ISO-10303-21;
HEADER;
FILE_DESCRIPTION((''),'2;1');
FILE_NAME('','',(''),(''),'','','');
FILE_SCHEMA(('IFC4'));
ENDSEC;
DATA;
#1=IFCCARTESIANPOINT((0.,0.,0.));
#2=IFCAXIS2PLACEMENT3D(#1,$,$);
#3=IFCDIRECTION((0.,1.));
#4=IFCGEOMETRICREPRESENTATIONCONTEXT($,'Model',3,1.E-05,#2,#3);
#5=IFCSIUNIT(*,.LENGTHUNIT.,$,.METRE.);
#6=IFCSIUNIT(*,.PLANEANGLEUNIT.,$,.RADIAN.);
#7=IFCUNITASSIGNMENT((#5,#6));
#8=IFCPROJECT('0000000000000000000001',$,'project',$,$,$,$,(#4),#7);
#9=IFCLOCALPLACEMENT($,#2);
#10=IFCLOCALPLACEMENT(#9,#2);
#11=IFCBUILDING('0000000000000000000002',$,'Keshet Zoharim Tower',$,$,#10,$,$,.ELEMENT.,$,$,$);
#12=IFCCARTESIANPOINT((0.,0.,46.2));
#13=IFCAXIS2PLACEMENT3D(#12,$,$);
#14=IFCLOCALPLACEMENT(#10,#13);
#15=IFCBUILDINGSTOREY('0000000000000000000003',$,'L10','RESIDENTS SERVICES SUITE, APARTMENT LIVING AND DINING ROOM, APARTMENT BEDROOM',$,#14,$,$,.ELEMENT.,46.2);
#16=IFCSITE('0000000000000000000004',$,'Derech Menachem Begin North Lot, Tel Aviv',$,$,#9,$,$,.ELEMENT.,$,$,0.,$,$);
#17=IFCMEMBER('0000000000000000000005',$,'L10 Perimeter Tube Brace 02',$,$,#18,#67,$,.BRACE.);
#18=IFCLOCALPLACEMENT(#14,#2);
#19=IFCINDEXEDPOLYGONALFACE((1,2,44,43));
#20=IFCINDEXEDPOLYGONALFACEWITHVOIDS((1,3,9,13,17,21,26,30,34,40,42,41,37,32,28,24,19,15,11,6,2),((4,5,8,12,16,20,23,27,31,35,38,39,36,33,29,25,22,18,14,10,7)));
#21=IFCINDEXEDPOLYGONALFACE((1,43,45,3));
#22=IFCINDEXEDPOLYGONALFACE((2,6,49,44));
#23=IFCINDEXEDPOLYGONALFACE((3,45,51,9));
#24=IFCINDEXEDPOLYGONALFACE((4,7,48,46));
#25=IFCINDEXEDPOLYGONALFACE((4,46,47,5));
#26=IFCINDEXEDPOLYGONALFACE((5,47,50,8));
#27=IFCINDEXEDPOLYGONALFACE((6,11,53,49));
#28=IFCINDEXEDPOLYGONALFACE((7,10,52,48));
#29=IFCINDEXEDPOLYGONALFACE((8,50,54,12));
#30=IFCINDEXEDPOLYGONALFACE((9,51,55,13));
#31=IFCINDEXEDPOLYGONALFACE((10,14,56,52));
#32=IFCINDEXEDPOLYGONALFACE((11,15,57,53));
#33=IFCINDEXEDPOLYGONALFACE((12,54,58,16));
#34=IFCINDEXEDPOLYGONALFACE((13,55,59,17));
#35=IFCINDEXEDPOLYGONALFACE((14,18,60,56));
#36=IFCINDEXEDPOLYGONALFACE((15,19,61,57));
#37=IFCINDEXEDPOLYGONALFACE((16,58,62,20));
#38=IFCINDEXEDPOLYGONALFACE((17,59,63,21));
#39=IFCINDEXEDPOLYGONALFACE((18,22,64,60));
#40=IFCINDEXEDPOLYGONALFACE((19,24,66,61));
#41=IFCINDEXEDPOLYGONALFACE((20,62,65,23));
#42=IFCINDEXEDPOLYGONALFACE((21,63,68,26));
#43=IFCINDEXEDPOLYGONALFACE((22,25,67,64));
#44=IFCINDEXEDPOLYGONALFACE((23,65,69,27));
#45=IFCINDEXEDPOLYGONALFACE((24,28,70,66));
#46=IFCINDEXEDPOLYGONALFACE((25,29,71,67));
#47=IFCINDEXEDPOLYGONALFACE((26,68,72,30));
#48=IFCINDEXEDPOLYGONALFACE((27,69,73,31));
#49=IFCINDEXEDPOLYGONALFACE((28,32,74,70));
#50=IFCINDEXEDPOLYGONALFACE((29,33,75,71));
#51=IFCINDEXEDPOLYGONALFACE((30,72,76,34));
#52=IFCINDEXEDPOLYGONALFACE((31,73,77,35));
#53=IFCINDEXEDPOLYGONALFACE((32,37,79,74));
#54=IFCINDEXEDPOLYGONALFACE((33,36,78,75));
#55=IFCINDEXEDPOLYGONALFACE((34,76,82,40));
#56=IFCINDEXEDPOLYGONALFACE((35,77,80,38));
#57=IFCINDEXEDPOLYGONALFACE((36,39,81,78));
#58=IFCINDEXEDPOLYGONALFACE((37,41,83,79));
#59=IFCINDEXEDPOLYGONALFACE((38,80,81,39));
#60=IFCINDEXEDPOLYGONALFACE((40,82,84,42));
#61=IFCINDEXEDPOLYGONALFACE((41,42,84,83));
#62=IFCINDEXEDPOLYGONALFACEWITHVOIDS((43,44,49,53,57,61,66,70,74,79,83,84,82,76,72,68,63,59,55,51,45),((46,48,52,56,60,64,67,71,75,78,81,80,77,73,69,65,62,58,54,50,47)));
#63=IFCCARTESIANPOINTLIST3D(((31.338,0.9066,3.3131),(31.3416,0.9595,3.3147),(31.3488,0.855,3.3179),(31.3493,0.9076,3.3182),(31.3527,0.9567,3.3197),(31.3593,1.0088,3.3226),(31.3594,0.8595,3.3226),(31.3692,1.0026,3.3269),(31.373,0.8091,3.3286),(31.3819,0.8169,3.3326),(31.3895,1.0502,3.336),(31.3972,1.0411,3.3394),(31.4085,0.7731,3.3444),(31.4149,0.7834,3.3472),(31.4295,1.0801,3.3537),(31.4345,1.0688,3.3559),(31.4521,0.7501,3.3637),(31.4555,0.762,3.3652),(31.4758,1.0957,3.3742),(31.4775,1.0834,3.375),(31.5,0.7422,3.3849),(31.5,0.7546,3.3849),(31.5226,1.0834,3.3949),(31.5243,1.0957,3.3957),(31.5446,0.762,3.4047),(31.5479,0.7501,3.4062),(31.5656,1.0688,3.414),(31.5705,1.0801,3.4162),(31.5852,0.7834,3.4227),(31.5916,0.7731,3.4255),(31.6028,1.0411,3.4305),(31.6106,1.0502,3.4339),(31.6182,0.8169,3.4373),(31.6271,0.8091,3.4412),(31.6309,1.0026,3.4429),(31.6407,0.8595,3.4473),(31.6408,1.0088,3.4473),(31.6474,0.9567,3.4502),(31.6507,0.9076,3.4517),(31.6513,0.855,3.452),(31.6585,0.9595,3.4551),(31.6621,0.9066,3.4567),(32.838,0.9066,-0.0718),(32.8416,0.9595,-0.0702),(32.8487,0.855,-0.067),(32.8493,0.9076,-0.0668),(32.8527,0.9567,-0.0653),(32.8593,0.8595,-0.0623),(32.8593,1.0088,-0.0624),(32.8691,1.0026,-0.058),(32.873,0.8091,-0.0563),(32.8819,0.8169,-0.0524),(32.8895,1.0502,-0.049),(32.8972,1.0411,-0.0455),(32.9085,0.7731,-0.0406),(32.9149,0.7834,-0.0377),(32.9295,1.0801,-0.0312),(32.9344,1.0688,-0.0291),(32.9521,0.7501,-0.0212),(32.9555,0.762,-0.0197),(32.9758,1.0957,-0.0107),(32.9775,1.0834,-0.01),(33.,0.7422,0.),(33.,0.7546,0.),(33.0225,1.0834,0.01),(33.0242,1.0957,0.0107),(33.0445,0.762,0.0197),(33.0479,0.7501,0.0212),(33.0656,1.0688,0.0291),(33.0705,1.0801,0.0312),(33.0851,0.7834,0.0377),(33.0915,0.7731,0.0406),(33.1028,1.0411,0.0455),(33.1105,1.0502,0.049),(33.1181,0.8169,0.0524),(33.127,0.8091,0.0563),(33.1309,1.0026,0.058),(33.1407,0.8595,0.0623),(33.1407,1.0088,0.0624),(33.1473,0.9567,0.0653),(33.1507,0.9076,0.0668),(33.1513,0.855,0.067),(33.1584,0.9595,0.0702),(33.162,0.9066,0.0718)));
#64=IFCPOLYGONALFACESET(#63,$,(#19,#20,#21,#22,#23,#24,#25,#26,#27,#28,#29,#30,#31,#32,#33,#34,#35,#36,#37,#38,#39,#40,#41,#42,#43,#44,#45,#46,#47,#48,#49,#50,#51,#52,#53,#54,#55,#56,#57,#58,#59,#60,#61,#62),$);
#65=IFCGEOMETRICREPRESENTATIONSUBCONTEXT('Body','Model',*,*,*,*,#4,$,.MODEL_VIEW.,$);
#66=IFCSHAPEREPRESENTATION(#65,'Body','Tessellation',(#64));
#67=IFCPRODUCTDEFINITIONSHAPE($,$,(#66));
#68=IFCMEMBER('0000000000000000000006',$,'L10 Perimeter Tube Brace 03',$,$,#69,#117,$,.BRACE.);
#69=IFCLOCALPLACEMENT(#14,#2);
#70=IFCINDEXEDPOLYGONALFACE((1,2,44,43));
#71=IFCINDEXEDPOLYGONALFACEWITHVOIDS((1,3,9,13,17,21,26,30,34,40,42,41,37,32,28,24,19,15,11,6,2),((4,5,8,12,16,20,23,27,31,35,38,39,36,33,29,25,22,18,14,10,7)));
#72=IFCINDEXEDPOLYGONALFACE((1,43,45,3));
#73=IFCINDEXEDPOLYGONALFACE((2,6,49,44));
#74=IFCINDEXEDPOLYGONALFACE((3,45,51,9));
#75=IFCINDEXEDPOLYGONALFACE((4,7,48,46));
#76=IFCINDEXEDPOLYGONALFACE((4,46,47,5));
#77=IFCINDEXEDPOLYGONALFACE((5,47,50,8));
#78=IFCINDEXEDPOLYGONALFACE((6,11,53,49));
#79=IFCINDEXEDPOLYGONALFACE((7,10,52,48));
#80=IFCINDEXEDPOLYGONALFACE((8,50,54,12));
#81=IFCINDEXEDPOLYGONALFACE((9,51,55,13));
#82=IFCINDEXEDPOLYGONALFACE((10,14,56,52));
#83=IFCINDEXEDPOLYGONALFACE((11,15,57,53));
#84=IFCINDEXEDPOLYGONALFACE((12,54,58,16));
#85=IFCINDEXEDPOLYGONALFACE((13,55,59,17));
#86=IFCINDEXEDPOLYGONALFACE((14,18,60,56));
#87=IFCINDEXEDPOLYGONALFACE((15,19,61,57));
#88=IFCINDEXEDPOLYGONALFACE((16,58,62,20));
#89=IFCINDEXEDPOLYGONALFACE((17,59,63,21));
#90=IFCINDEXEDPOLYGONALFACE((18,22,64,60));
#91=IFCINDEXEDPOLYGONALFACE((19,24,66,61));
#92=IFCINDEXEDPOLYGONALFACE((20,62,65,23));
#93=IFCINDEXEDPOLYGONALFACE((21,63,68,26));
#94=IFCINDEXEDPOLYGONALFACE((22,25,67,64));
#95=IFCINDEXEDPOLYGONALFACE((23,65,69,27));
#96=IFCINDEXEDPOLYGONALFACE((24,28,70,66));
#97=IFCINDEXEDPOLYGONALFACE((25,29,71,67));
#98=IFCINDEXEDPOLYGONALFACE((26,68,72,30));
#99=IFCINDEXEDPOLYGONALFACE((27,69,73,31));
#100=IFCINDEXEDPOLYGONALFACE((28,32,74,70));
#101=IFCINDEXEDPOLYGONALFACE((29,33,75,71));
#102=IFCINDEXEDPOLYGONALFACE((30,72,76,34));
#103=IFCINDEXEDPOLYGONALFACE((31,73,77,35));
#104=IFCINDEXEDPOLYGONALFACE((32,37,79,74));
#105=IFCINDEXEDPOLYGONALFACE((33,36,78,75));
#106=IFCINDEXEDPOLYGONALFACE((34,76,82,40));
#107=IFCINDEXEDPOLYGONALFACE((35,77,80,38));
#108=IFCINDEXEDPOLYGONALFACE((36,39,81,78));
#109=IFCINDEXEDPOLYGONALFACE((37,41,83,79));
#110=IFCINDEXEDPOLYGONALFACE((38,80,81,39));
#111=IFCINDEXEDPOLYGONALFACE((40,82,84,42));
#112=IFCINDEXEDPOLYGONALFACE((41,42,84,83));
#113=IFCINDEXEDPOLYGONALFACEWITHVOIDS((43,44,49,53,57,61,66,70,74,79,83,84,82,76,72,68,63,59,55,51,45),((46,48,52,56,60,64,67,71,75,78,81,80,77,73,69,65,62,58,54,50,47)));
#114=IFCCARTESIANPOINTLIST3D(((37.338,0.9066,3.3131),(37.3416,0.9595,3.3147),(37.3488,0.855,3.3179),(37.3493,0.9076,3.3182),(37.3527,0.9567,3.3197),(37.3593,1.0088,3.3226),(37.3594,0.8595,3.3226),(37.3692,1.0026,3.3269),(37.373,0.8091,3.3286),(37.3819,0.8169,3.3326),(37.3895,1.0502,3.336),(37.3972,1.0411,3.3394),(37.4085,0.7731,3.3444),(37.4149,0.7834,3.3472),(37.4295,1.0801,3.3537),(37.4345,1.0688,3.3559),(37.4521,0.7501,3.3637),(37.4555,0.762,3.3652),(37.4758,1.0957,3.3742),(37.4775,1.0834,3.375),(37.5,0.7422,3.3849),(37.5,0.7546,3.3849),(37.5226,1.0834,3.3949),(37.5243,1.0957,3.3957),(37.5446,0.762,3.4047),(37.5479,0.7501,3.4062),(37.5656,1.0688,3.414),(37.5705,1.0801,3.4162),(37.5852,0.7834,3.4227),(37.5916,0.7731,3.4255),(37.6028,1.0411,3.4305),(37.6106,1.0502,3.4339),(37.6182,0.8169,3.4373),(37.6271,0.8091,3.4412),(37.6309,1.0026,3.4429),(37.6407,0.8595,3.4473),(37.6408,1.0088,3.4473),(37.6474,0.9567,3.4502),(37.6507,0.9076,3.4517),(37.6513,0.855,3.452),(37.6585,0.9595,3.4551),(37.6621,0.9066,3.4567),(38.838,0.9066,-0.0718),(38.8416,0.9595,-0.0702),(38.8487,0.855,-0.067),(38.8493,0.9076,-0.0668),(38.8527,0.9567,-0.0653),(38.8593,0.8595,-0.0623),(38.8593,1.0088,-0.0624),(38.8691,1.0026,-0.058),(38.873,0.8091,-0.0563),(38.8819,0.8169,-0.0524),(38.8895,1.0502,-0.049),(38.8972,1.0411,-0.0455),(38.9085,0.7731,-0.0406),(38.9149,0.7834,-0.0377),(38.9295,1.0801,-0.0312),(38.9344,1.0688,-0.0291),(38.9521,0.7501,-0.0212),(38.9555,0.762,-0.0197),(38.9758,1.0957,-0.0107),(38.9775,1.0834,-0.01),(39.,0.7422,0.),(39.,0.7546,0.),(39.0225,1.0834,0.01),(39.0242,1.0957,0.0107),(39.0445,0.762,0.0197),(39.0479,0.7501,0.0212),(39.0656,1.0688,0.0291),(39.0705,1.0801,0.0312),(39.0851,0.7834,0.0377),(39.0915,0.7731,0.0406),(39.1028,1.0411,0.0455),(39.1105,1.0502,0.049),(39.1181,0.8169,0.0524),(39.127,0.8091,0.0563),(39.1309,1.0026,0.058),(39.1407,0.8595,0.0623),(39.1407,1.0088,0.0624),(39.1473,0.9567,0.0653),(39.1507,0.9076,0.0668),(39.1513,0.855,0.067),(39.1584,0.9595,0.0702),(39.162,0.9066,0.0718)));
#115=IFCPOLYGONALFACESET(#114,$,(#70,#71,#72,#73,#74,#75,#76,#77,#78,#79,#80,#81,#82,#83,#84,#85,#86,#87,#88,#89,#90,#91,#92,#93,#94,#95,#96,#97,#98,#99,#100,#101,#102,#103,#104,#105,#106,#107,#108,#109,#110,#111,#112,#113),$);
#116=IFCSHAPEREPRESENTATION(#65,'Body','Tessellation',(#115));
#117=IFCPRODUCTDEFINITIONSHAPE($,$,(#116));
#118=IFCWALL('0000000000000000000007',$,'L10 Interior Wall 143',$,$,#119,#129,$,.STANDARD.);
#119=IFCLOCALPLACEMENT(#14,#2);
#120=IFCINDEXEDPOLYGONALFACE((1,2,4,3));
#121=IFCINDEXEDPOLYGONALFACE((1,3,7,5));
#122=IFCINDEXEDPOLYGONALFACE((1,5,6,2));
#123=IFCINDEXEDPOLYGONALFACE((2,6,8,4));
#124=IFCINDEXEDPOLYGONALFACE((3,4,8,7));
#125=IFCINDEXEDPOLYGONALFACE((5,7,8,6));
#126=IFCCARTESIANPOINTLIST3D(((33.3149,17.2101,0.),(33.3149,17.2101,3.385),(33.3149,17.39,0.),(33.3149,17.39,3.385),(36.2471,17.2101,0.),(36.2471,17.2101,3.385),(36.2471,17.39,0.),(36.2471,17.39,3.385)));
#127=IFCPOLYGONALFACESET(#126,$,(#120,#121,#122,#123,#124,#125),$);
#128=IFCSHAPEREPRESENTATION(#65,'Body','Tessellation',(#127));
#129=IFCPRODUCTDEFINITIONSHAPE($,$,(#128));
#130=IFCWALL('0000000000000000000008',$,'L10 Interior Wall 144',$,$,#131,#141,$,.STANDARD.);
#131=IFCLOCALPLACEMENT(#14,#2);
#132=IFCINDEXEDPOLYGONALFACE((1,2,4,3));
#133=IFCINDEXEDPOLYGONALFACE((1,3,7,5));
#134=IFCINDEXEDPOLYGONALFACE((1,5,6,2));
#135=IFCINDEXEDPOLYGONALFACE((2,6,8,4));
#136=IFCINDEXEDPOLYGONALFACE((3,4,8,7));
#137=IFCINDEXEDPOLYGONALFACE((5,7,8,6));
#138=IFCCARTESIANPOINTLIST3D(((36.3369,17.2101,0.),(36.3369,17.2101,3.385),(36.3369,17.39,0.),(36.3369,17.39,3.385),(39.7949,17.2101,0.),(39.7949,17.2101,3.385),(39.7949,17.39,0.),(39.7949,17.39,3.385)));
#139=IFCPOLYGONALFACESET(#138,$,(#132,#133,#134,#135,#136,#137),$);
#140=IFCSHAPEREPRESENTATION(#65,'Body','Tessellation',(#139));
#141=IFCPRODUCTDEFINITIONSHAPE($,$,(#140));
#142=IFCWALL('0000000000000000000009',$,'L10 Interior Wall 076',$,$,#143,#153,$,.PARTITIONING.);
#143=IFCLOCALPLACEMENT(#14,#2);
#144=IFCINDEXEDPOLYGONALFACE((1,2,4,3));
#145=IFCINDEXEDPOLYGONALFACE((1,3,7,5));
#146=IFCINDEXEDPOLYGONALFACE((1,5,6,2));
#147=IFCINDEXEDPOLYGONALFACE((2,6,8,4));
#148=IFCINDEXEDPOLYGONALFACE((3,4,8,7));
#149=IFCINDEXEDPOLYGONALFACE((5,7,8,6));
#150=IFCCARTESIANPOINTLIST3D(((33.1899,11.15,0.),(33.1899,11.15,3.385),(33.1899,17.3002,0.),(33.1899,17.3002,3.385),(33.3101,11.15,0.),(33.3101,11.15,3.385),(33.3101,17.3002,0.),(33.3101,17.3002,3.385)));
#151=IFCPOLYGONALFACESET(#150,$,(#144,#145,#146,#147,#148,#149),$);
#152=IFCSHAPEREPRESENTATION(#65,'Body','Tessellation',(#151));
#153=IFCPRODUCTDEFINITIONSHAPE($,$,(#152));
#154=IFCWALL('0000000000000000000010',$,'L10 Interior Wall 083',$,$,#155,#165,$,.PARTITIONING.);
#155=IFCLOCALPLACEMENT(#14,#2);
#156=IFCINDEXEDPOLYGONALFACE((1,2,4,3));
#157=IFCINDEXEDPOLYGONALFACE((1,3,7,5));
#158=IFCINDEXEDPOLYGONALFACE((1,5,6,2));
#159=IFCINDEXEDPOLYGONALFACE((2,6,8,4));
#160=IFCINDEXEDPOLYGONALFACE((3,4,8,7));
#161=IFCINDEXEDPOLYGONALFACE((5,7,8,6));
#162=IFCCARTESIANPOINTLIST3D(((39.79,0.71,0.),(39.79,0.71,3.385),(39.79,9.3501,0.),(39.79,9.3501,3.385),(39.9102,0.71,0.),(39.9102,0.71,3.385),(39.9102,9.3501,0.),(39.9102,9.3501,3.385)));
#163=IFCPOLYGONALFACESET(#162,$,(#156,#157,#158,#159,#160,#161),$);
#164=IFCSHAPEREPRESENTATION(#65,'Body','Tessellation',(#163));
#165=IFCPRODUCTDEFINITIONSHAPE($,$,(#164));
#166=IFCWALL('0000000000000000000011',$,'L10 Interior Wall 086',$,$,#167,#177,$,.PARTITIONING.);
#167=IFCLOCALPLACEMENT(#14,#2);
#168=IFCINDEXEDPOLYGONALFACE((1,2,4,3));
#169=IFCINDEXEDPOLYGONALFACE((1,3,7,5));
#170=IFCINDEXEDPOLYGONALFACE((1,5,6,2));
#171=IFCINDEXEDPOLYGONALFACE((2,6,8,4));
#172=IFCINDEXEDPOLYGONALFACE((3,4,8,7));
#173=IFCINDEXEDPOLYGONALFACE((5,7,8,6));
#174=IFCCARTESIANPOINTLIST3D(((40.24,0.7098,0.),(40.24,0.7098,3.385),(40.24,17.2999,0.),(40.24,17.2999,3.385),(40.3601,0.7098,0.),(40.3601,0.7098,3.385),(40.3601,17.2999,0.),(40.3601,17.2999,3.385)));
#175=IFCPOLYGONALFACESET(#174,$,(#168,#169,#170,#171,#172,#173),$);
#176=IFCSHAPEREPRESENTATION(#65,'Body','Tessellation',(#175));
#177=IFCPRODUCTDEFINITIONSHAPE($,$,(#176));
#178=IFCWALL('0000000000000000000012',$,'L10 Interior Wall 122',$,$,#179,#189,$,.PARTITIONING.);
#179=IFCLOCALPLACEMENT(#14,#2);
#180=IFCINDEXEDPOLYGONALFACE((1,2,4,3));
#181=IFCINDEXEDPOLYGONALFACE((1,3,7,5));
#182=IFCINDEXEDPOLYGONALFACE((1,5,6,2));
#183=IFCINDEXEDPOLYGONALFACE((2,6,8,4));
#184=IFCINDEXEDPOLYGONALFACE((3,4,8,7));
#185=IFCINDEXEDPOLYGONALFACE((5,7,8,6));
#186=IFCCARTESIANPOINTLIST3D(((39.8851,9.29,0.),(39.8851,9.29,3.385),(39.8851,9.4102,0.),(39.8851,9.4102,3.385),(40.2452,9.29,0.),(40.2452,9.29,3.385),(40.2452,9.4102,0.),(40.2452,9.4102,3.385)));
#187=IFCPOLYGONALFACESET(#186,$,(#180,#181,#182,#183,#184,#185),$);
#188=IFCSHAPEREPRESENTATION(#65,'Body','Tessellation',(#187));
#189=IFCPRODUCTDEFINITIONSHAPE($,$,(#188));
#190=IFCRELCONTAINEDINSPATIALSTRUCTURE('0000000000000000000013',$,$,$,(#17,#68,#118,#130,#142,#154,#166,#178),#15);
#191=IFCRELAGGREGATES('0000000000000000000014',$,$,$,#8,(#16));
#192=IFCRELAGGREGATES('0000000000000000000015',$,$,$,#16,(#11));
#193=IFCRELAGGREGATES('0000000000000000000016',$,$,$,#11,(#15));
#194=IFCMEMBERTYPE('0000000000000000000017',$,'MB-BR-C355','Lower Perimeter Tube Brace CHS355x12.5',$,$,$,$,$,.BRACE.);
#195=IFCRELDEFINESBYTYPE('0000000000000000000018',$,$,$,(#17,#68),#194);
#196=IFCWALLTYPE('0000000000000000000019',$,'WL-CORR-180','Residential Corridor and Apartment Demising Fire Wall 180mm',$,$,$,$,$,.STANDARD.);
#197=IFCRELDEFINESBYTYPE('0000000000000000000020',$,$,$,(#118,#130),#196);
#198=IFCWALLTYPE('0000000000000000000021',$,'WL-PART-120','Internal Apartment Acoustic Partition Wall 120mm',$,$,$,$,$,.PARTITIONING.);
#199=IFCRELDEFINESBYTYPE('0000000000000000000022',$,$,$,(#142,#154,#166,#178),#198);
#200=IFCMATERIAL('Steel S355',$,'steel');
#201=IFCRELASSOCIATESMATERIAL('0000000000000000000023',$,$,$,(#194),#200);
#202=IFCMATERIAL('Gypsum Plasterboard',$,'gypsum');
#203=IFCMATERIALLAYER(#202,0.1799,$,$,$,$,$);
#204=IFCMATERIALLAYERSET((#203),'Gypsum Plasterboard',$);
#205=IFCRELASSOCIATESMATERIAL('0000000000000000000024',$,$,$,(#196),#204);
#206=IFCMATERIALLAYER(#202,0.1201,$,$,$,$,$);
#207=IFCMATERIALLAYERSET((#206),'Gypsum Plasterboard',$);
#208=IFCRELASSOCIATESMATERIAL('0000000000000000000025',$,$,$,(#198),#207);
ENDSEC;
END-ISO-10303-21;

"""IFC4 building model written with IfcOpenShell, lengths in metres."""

from ifc_helpers import new_model, si_unit, direction, frame, frame_2d, origin, origin_2d, place, context, subcontext, project, spatial, rectangle, hollow_circle, extrude, material, layer, layer_set, material_profile, profile_set, type_object, element, save


model = new_model("IFC4")

# Units and contexts
model_context = context("Model", 3, precision=1e-05, world=origin(), true_north=direction((0.0, 1.0)))
body_context = subcontext(model_context, "Body", "Model", "MODEL_VIEW")
ifc_project = project(units=[si_unit("LENGTHUNIT", "METRE"), si_unit("PLANEANGLEUNIT", "RADIAN")], contexts=[model_context])

# Site, building, storey
site_placement = place(None, origin())
site = spatial("IfcSite", under=ifc_project, at=site_placement, Name="Derech Menachem Begin North Lot, Tel Aviv", CompositionType="ELEMENT", RefElevation=0.0)
building_placement = place(site_placement, origin())
building = spatial("IfcBuilding", under=site, at=building_placement, Name="Keshet Zoharim Tower", CompositionType="ELEMENT")
storey_placement = place(building_placement, frame((0.0, 0.0, 46.2)))
storey = spatial("IfcBuildingStorey", under=building, at=storey_placement, Name="L10", Description="RESIDENTS SERVICES SUITE, APARTMENT LIVING AND DINING ROOM, APARTMENT BEDROOM", CompositionType="ELEMENT", Elevation=46.2)

# Shared definitions
ifc_material_1 = material(Name="Steel S355", Category="steel")

# Members
ifc_material_profile_1 = material_profile(ifc_material_1, hollow_circle(Radius=0.1777, WallThickness=0.0125, at=origin_2d()), Name="CHS355x12.5")
ifc_profile_set_1 = profile_set([ifc_material_profile_1], Name="Steel S355")
member_type = type_object("IfcMemberType", Name="MB-BR-C355", Description="Lower Perimeter Tube Brace CHS355x12.5", PredefinedType="BRACE", material=ifc_profile_set_1)
for number, where, z_axis, x_axis, name in (
    (1, (33.0, 0.9199, 0.0), (-0.405135, 0.0, 0.914257), (0.0, -1.0, 0.0), "L10 Perimeter Tube Brace 02"),
    (2, (39.0, 0.9199, 0.0), (-0.405135, 0.0, 0.914257), (0.0, -1.0, 0.0), "L10 Perimeter Tube Brace 03"),
):
    element("IfcMember", number, at=place(storey_placement, frame(where, z_axis=z_axis, x_axis=x_axis)), inside=storey, type_object=member_type, Name=name, PredefinedType="BRACE", context=body_context, shape_type="SweptSolid", body=[
        extrude(hollow_circle(Radius=0.1777, WallThickness=0.0125, at=origin_2d()), origin(), (0.0, 0.0, 1.0), 3.7024),
    ])

# Walls
ifc_material_2 = material(Name="Gypsum Plasterboard", Category="gypsum")
ifc_layer_1 = layer(ifc_material_2, 0.1799)
ifc_layer_set_1 = layer_set([ifc_layer_1], Name="Gypsum Plasterboard")
wall_type_1 = type_object("IfcWallType", Name="WL-CORR-180", Description="Residential Corridor and Apartment Demising Fire Wall 180mm", PredefinedType="STANDARD", material=ifc_layer_set_1)
wall_1_placement = place(storey_placement, frame((33.3149, 17.3, 0.0), z_axis=(0.0, 0.0, 1.0), x_axis=(1.0, 0.0, 0.0)))
element("IfcWall", 3, at=wall_1_placement, inside=storey, type_object=wall_type_1, Name="L10 Interior Wall 143", PredefinedType="STANDARD", context=body_context, shape_type="SweptSolid", body=[
    extrude(rectangle(XDim=2.9321, YDim=0.1799, at=frame_2d((1.4661, 0.0))), origin(), (0.0, 0.0, 1.0), 3.385),
])
wall_2_placement = place(storey_placement, frame((36.3369, 17.3, 0.0), z_axis=(0.0, 0.0, 1.0), x_axis=(1.0, 0.0, 0.0)))
element("IfcWall", 4, at=wall_2_placement, inside=storey, type_object=wall_type_1, Name="L10 Interior Wall 144", PredefinedType="STANDARD", context=body_context, shape_type="SweptSolid", body=[
    extrude(rectangle(XDim=3.458, YDim=0.1799, at=frame_2d((1.729, 0.0))), origin(), (0.0, 0.0, 1.0), 3.385),
])

# Walls
ifc_layer_2 = layer(ifc_material_2, 0.1201)
ifc_layer_set_2 = layer_set([ifc_layer_2], Name="Gypsum Plasterboard")
wall_type_2 = type_object("IfcWallType", Name="WL-PART-120", Description="Internal Apartment Acoustic Partition Wall 120mm", PredefinedType="PARTITIONING", material=ifc_layer_set_2)
wall_3_placement = place(storey_placement, frame((33.25, 11.1499, 0.0), z_axis=(0.0, 0.0, 1.0), x_axis=(0.0, 1.0, 0.0)))
element("IfcWall", 5, at=wall_3_placement, inside=storey, type_object=wall_type_2, Name="L10 Interior Wall 076", PredefinedType="PARTITIONING", context=body_context, shape_type="SweptSolid", body=[
    extrude(rectangle(XDim=6.1501, YDim=0.1201, at=frame_2d((3.0752, 0.0))), origin(), (0.0, 0.0, 1.0), 3.385),
])
wall_4_placement = place(storey_placement, frame((39.8501, 0.71, 0.0), z_axis=(0.0, 0.0, 1.0), x_axis=(0.0, 1.0, 0.0)))
element("IfcWall", 6, at=wall_4_placement, inside=storey, type_object=wall_type_2, Name="L10 Interior Wall 083", PredefinedType="PARTITIONING", context=body_context, shape_type="SweptSolid", body=[
    extrude(rectangle(XDim=8.6401, YDim=0.1201, at=frame_2d((4.3201, 0.0))), origin(), (0.0, 0.0, 1.0), 3.385),
])
wall_5_placement = place(storey_placement, frame((40.3, 0.71, 0.0), z_axis=(0.0, 0.0, 1.0), x_axis=(0.0, 1.0, 0.0)))
element("IfcWall", 7, at=wall_5_placement, inside=storey, type_object=wall_type_2, Name="L10 Interior Wall 086", PredefinedType="PARTITIONING", context=body_context, shape_type="SweptSolid", body=[
    extrude(rectangle(XDim=16.5901, YDim=0.1201, at=frame_2d((8.2949, 0.0))), origin(), (0.0, 0.0, 1.0), 3.385),
])

# Wall
wall_6_placement = place(storey_placement, frame((39.885, 9.3501, 0.0), z_axis=(0.0, 0.0, 1.0), x_axis=(1.0, 0.0, 0.0)))
element("IfcWall", 8, at=wall_6_placement, inside=storey, type_object=wall_type_2, Name="L10 Interior Wall 122", PredefinedType="PARTITIONING", context=body_context, shape_type="SweptSolid", body=[
    extrude(rectangle(XDim=0.3601, YDim=0.1201, at=frame_2d((0.1802, 0.0))), origin(), (0.0, 0.0, 1.0), 3.385),
])

save(model, "model.ifc")
